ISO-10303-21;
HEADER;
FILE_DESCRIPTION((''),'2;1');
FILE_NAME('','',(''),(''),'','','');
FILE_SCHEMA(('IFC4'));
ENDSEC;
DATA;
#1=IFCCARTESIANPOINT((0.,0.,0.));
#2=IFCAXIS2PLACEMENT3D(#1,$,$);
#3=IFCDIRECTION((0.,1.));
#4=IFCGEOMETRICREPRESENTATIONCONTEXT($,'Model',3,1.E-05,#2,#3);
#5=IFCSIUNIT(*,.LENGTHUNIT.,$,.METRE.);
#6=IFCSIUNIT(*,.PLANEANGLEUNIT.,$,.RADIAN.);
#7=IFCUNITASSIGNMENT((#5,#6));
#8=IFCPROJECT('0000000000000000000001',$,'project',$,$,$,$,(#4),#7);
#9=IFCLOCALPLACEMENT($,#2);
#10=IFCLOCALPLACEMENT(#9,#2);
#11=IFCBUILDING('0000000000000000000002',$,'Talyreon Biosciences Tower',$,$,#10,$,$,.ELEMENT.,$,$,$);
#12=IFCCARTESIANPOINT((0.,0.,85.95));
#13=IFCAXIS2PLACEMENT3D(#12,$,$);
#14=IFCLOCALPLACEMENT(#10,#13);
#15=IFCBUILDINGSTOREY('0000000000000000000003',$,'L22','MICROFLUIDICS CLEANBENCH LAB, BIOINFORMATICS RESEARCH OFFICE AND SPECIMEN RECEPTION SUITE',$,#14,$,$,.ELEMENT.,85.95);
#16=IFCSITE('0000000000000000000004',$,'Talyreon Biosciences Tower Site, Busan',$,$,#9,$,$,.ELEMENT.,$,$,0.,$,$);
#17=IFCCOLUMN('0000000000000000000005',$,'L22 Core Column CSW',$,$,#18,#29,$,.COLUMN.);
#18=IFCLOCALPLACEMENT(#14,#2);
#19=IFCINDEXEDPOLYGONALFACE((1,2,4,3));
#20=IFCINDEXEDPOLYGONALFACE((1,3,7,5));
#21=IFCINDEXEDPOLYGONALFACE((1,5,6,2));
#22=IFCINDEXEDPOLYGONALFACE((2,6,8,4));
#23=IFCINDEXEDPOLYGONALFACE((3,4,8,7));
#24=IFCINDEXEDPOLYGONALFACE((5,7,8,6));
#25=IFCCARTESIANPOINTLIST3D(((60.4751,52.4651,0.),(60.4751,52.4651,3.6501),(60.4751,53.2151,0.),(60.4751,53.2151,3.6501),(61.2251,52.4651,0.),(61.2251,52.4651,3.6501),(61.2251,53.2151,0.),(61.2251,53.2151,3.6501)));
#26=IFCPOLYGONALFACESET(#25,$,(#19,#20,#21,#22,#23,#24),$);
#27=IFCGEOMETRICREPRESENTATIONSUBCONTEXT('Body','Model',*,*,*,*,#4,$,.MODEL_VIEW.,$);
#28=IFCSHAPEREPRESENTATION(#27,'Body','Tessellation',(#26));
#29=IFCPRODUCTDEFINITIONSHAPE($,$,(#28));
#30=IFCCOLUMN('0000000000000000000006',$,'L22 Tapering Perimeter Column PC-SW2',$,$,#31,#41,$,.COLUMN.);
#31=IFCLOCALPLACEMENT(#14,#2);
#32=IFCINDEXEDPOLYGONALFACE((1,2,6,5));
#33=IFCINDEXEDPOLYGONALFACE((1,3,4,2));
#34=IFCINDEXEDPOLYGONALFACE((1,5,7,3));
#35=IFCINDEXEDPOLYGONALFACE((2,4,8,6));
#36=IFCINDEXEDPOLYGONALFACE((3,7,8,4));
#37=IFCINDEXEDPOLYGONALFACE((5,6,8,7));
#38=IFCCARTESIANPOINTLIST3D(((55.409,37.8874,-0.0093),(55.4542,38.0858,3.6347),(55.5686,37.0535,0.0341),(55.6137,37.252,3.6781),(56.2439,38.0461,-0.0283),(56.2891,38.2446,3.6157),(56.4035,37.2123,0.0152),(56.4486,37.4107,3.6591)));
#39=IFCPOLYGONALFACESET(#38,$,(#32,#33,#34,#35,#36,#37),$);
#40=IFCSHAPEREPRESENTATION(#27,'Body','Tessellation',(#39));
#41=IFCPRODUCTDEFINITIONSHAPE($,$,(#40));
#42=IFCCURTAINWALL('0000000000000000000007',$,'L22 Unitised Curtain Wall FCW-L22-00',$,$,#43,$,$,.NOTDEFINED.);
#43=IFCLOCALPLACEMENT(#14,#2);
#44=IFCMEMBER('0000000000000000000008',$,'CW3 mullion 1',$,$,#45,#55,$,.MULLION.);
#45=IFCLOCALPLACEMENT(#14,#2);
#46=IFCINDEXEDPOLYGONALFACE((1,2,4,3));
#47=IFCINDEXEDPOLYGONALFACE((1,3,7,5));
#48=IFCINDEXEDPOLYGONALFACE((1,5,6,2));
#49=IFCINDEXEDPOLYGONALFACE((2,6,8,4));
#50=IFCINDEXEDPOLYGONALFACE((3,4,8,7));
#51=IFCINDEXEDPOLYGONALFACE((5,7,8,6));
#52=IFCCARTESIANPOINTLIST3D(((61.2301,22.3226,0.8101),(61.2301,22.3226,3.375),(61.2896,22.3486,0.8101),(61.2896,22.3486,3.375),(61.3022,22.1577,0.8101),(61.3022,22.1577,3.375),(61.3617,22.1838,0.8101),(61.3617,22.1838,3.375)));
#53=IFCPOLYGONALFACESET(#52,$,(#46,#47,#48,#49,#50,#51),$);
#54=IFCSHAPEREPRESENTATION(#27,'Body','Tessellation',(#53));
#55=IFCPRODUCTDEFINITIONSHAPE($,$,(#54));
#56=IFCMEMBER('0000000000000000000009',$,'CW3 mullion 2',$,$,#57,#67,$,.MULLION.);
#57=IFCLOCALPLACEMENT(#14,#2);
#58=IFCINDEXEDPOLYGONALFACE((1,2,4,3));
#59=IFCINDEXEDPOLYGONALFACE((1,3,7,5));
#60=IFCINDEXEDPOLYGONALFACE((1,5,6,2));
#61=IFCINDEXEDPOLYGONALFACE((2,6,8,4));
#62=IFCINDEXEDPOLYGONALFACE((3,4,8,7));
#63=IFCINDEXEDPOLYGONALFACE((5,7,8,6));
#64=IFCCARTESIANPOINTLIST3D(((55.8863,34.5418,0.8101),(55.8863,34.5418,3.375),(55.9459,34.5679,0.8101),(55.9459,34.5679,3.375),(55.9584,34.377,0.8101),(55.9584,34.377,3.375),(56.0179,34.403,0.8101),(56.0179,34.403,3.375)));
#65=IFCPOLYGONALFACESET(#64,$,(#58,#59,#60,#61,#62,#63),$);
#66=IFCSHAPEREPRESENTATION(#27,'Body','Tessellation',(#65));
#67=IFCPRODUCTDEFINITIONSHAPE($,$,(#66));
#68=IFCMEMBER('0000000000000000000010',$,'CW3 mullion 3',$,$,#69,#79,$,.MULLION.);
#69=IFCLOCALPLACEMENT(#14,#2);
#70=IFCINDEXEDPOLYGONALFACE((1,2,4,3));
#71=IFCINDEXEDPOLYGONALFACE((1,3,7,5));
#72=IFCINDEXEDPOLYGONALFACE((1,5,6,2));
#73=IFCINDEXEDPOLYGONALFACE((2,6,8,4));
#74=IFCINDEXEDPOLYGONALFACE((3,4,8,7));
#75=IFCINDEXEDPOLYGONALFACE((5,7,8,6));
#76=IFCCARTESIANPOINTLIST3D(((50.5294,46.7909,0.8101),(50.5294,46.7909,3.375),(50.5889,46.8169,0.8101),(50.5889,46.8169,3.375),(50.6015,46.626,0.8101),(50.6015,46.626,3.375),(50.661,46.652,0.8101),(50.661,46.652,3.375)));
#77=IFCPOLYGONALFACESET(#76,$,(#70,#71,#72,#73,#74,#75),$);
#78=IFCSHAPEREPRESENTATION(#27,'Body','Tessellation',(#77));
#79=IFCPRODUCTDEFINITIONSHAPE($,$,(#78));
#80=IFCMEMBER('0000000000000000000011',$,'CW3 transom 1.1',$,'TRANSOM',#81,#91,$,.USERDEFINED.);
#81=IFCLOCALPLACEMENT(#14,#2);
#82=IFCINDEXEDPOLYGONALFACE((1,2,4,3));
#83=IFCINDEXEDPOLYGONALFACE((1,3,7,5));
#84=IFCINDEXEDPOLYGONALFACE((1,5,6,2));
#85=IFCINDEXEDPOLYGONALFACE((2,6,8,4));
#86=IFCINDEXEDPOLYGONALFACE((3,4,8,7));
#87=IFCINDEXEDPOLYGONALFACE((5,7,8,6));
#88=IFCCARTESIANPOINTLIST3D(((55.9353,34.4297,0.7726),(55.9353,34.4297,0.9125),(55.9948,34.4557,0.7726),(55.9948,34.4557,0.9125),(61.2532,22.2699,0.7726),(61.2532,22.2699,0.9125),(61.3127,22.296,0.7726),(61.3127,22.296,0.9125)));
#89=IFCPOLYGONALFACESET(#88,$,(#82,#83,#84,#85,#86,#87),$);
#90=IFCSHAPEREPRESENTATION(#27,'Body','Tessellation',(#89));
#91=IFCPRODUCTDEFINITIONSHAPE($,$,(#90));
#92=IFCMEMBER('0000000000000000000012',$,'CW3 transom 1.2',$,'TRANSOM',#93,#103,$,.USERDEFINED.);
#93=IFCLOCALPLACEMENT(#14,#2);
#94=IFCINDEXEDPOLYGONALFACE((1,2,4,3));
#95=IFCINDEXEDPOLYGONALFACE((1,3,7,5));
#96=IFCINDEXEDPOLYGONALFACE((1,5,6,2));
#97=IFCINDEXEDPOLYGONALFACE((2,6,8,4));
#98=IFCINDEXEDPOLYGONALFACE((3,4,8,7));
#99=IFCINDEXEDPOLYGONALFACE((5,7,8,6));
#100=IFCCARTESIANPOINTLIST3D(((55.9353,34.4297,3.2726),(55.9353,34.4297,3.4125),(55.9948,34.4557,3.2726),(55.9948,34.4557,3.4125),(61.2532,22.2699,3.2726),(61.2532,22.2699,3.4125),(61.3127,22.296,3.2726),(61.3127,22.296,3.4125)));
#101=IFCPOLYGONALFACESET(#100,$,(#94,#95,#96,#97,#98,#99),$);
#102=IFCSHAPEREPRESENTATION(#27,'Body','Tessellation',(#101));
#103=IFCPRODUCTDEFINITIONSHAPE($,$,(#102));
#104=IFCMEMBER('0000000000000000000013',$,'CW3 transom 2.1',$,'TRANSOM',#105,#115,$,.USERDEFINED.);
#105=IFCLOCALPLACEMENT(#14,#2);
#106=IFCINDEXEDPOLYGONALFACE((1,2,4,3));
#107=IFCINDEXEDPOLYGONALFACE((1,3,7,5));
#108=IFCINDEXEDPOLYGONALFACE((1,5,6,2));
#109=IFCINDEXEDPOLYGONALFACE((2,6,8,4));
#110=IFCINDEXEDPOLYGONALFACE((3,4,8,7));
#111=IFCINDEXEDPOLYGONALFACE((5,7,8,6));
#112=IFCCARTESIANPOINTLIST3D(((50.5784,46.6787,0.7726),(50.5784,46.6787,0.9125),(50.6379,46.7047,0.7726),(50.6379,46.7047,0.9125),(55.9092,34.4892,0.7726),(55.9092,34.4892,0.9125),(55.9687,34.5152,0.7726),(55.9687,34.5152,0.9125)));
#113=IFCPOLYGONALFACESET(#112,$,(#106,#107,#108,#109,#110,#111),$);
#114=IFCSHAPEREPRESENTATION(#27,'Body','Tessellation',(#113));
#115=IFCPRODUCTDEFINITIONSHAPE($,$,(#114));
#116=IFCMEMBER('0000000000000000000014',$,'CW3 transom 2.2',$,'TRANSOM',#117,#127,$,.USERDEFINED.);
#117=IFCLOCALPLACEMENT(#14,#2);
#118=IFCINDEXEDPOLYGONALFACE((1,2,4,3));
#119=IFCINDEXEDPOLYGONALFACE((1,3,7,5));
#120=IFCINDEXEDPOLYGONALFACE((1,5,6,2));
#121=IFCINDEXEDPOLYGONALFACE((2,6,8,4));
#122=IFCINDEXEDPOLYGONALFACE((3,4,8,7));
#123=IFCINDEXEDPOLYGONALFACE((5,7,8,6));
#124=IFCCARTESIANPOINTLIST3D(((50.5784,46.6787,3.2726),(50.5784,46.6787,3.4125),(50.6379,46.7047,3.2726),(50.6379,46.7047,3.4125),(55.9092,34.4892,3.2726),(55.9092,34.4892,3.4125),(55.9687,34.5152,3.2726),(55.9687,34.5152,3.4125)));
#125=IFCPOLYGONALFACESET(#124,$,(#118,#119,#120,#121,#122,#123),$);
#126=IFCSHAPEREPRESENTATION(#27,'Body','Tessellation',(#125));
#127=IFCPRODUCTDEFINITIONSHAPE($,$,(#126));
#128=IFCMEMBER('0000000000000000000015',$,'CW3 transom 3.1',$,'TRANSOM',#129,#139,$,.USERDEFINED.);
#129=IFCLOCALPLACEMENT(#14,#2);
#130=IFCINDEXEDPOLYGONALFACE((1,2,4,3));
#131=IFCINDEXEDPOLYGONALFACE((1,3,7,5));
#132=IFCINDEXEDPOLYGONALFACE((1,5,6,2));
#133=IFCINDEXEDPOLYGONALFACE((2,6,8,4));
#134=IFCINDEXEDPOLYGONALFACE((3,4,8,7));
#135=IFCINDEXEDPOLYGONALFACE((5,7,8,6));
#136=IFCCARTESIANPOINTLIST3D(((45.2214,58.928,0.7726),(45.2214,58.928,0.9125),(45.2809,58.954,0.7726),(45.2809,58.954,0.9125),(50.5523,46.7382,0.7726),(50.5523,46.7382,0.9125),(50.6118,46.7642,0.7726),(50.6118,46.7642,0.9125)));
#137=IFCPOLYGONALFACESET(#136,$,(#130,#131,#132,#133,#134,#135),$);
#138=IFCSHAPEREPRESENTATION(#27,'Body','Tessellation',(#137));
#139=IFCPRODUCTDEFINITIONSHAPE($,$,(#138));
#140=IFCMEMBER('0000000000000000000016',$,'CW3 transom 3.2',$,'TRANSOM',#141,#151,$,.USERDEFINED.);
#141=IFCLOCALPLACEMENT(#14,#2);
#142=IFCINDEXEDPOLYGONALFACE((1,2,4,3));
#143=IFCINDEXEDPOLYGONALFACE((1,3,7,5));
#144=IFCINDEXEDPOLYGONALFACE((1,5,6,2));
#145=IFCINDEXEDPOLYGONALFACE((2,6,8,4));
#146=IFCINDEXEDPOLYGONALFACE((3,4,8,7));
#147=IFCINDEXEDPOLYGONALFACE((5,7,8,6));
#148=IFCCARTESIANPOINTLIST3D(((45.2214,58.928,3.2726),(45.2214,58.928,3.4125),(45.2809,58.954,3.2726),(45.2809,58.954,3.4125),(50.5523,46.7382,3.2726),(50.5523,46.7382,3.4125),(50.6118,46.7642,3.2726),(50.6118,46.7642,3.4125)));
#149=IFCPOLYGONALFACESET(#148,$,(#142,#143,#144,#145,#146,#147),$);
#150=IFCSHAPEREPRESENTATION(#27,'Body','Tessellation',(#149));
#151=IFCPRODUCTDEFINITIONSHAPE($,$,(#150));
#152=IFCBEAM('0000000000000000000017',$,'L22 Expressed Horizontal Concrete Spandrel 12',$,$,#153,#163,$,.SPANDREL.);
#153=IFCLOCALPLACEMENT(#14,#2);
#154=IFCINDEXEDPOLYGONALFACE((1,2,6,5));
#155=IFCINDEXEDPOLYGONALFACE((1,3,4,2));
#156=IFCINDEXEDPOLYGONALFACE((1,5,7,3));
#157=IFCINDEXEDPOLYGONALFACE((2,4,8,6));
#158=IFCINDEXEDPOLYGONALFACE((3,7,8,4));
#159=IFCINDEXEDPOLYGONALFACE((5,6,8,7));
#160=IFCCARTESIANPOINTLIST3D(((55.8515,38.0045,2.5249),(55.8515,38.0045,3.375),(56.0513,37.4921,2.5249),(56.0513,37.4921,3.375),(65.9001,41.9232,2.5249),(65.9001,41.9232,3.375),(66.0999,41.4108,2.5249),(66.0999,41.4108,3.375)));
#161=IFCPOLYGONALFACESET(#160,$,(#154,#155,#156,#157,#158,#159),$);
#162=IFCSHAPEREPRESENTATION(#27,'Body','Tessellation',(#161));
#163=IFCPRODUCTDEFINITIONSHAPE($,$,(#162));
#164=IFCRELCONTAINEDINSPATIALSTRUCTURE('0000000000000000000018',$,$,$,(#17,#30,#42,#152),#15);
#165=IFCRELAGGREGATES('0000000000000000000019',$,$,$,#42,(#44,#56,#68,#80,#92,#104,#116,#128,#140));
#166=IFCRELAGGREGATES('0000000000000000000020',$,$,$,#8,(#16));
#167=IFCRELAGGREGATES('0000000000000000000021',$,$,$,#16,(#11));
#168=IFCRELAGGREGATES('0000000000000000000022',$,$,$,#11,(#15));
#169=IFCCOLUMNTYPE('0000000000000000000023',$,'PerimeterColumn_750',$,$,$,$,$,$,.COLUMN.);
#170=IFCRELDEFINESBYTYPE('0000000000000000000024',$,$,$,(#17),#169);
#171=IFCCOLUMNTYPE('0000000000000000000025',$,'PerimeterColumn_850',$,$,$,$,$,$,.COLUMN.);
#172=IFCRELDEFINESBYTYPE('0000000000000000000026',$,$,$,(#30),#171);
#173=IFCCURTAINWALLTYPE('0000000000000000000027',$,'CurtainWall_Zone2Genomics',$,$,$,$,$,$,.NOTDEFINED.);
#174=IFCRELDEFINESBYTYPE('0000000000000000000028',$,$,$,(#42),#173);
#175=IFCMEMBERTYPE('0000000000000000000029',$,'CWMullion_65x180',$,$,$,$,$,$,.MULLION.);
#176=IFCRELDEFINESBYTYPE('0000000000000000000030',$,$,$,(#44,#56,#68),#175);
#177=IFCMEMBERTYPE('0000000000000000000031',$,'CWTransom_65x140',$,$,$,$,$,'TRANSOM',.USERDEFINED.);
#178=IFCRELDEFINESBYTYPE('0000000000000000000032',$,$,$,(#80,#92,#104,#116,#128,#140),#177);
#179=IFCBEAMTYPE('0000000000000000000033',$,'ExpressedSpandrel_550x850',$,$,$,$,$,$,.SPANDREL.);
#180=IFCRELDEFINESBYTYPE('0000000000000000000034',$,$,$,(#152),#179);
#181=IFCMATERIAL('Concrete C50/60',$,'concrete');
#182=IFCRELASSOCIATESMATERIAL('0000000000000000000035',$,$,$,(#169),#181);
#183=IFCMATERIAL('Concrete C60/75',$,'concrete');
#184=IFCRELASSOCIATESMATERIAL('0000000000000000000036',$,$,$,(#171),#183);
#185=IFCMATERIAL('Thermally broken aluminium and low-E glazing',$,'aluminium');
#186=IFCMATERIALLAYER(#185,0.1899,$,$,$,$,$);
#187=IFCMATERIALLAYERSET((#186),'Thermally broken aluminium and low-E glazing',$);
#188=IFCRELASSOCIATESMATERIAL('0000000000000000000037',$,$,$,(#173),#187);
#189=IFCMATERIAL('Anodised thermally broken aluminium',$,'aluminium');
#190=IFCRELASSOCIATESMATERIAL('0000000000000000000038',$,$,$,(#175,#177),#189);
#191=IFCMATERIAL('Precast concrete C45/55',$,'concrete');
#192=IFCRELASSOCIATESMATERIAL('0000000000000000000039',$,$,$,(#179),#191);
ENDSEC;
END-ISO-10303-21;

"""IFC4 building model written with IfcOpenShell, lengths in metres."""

from ifc_helpers import new_model, si_unit, direction, frame, origin, origin_2d, place, context, subcontext, project, spatial, rectangle, extrude, material, layer, layer_set, material_profile, profile_set, type_object, element, aggregate, save


model = new_model("IFC4")

# Units and contexts
model_context = context("Model", 3, precision=1e-05, world=origin(), true_north=direction((0.0, 1.0)))
body_context = subcontext(model_context, "Body", "Model", "MODEL_VIEW")
ifc_project = project(units=[si_unit("LENGTHUNIT", "METRE"), si_unit("PLANEANGLEUNIT", "RADIAN")], contexts=[model_context])

# Site, building, storey
site_placement = place(None, origin())
site = spatial("IfcSite", under=ifc_project, at=site_placement, Name="Talyreon Biosciences Tower Site, Busan", CompositionType="ELEMENT", RefElevation=0.0)
building_placement = place(site_placement, origin())
building = spatial("IfcBuilding", under=site, at=building_placement, Name="Talyreon Biosciences Tower", CompositionType="ELEMENT")
storey_placement = place(building_placement, frame((0.0, 0.0, 85.95)))
storey = spatial("IfcBuildingStorey", under=building, at=storey_placement, Name="L22", Description="MICROFLUIDICS CLEANBENCH LAB, BIOINFORMATICS RESEARCH OFFICE AND SPECIMEN RECEPTION SUITE", CompositionType="ELEMENT", Elevation=85.95)

# Columns
ifc_material_1 = material(Name="Concrete C50/60", Category="concrete")
ifc_material_profile_1 = material_profile(ifc_material_1, rectangle(XDim=0.75, YDim=0.75, at=origin_2d()), Name="RC 750x750")
ifc_profile_set_1 = profile_set([ifc_material_profile_1], Name="Concrete C50/60")
column_type_1 = type_object("IfcColumnType", Name="PerimeterColumn_750", PredefinedType="COLUMN", material=ifc_profile_set_1)
column_1_placement = place(storey_placement, frame((60.8501, 52.8401, 0.0), z_axis=(0.0, 0.0, 1.0), x_axis=(1.0, 0.0, 0.0)))
element("IfcColumn", 1, at=column_1_placement, inside=storey, type_object=column_type_1, Name="L22 Core Column CSW", PredefinedType="COLUMN", context=body_context, shape_type="SweptSolid", body=[
    extrude(rectangle(XDim=0.75, YDim=0.75, at=origin_2d()), origin(), (0.0, 0.0, 1.0), 3.6501),
])
ifc_material_2 = material(Name="Concrete C60/75", Category="concrete")
ifc_material_profile_2 = material_profile(ifc_material_2, rectangle(XDim=0.8501, YDim=0.8501, at=origin_2d()), Name="RC 850x850")
ifc_profile_set_2 = profile_set([ifc_material_profile_2], Name="Concrete C60/75")
column_type_2 = type_object("IfcColumnType", Name="PerimeterColumn_850", PredefinedType="COLUMN", material=ifc_profile_set_2)
column_2_placement = place(storey_placement, frame((55.9062, 37.5498, 0.0029), z_axis=(0.012375, 0.054384, 0.998443), x_axis=(-0.187672, 0.980901, -0.051102)))
element("IfcColumn", 2, at=column_2_placement, inside=storey, type_object=column_type_2, Name="L22 Tapering Perimeter Column PC-SW2", PredefinedType="COLUMN", context=body_context, shape_type="SweptSolid", body=[
    extrude(rectangle(XDim=0.8501, YDim=0.8501, at=origin_2d()), origin(), (0.0, 0.0, 1.0), 3.6497),
])

# Curtain wall, members
ifc_material_3 = material(Name="Thermally broken aluminium and low-E glazing", Category="aluminium")
ifc_layer_1 = layer(ifc_material_3, 0.1899)
ifc_layer_set_1 = layer_set([ifc_layer_1], Name="Thermally broken aluminium and low-E glazing")
curtain_wall_type = type_object("IfcCurtainWallType", Name="CurtainWall_Zone2Genomics", PredefinedType="NOTDEFINED", material=ifc_layer_set_1)
curtain_wall_placement = place(storey_placement, origin())
curtain_wall = element("IfcCurtainWall", 3, at=curtain_wall_placement, inside=storey, type_object=curtain_wall_type, Name="L22 Unitised Curtain Wall FCW-L22-00", PredefinedType="NOTDEFINED")
ifc_material_4 = material(Name="Anodised thermally broken aluminium", Category="aluminium")
ifc_material_profile_3 = material_profile(ifc_material_4, rectangle(XDim=0.0649, YDim=0.1799, at=origin_2d()), Name="ALUM MULLION 65x180")
ifc_profile_set_3 = profile_set([ifc_material_profile_3], Name="Anodised thermally broken aluminium")
member_type_1 = type_object("IfcMemberType", Name="CWMullion_65x180", PredefinedType="MULLION", material=ifc_profile_set_3)
member_1_placement = place(storey_placement, frame((61.2959, 22.2532, 0.8101), z_axis=(0.0, 0.0, 1.0), x_axis=(-0.916214, -0.400689, 0.0)))
member_1 = element("IfcMember", 4, at=member_1_placement, type_object=member_type_1, Name="CW3 mullion 1", PredefinedType="MULLION", context=body_context, shape_type="SweptSolid", body=[
    extrude(rectangle(XDim=0.0649, YDim=0.1799, at=origin_2d()), origin(), (0.0, 0.0, 1.0), 2.5649),
])
member_2_placement = place(storey_placement, frame((55.9521, 34.4724, 0.8101), z_axis=(0.0, 0.0, 1.0), x_axis=(-0.916214, -0.400689, 0.0)))
member_2 = element("IfcMember", 5, at=member_2_placement, type_object=member_type_1, Name="CW3 mullion 2", PredefinedType="MULLION", context=body_context, shape_type="SweptSolid", body=[
    extrude(rectangle(XDim=0.0649, YDim=0.1799, at=origin_2d()), origin(), (0.0, 0.0, 1.0), 2.5649),
])
member_3_placement = place(storey_placement, frame((50.5952, 46.7214, 0.8101), z_axis=(0.0, 0.0, 1.0), x_axis=(-0.916214, -0.400689, 0.0)))
member_3 = element("IfcMember", 6, at=member_3_placement, type_object=member_type_1, Name="CW3 mullion 3", PredefinedType="MULLION", context=body_context, shape_type="SweptSolid", body=[
    extrude(rectangle(XDim=0.0649, YDim=0.1799, at=origin_2d()), origin(), (0.0, 0.0, 1.0), 2.5649),
])
ifc_material_profile_4 = material_profile(ifc_material_4, rectangle(XDim=0.0649, YDim=0.1399, at=origin_2d()), Name="ALUM TRANSOM 65x140")
ifc_profile_set_4 = profile_set([ifc_material_profile_4], Name="Anodised thermally broken aluminium")
member_type_2 = type_object("IfcMemberType", Name="CWTransom_65x140", ElementType="TRANSOM", PredefinedType="USERDEFINED", material=ifc_profile_set_4)
member_4_placement = place(storey_placement, frame((61.283, 22.283, 0.8425), z_axis=(-0.400693, 0.916212, 0.0), x_axis=(-0.916212, -0.400693, 0.0)))
member_4 = element("IfcMember", 7, at=member_4_placement, type_object=member_type_2, Name="CW3 transom 1.1", ObjectType="TRANSOM", PredefinedType="USERDEFINED", context=body_context, shape_type="SweptSolid", body=[
    extrude(rectangle(XDim=0.0649, YDim=0.1399, at=origin_2d()), origin(), (0.0, 0.0, 1.0), 13.2717),
])
member_5_placement = place(storey_placement, frame((61.283, 22.283, 3.3425), z_axis=(-0.400693, 0.916212, 0.0), x_axis=(-0.916212, -0.400693, 0.0)))
member_5 = element("IfcMember", 8, at=member_5_placement, type_object=member_type_2, Name="CW3 transom 1.2", ObjectType="TRANSOM", PredefinedType="USERDEFINED", context=body_context, shape_type="SweptSolid", body=[
    extrude(rectangle(XDim=0.0649, YDim=0.1399, at=origin_2d()), origin(), (0.0, 0.0, 1.0), 13.2717),
])
member_6_placement = place(storey_placement, frame((55.939, 34.5022, 0.8425), z_axis=(-0.400688, 0.916215, 0.0), x_axis=(-0.916215, -0.400688, 0.0)))
member_6 = element("IfcMember", 9, at=member_6_placement, type_object=member_type_2, Name="CW3 transom 2.1", ObjectType="TRANSOM", PredefinedType="USERDEFINED", context=body_context, shape_type="SweptSolid", body=[
    extrude(rectangle(XDim=0.0649, YDim=0.1399, at=origin_2d()), origin(), (0.0, 0.0, 1.0), 13.3042),
])
member_7_placement = place(storey_placement, frame((55.939, 34.5022, 3.3425), z_axis=(-0.400688, 0.916215, 0.0), x_axis=(-0.916215, -0.400688, 0.0)))
member_7 = element("IfcMember", 10, at=member_7_placement, type_object=member_type_2, Name="CW3 transom 2.2", ObjectType="TRANSOM", PredefinedType="USERDEFINED", context=body_context, shape_type="SweptSolid", body=[
    extrude(rectangle(XDim=0.0649, YDim=0.1399, at=origin_2d()), origin(), (0.0, 0.0, 1.0), 13.3042),
])
member_8_placement = place(storey_placement, frame((50.582, 46.7512, 0.8425), z_axis=(-0.400681, 0.916218, 0.0), x_axis=(-0.916218, -0.400681, 0.0)))
member_8 = element("IfcMember", 11, at=member_8_placement, type_object=member_type_2, Name="CW3 transom 3.1", ObjectType="TRANSOM", PredefinedType="USERDEFINED", context=body_context, shape_type="SweptSolid", body=[
    extrude(rectangle(XDim=0.0649, YDim=0.1399, at=origin_2d()), origin(), (0.0, 0.0, 1.0), 13.3044),
])
member_9_placement = place(storey_placement, frame((50.582, 46.7512, 3.3425), z_axis=(-0.400681, 0.916218, 0.0), x_axis=(-0.916218, -0.400681, 0.0)))
member_9 = element("IfcMember", 12, at=member_9_placement, type_object=member_type_2, Name="CW3 transom 3.2", ObjectType="TRANSOM", PredefinedType="USERDEFINED", context=body_context, shape_type="SweptSolid", body=[
    extrude(rectangle(XDim=0.0649, YDim=0.1399, at=origin_2d()), origin(), (0.0, 0.0, 1.0), 13.3044),
])

# Beam
ifc_material_5 = material(Name="Precast concrete C45/55", Category="concrete")
ifc_material_profile_5 = material_profile(ifc_material_5, rectangle(XDim=0.55, YDim=0.8501, at=origin_2d()), Name="RCB 550x850")
ifc_profile_set_5 = profile_set([ifc_material_profile_5], Name="Precast concrete C45/55")
beam_type_1 = type_object("IfcBeamType", Name="ExpressedSpandrel_550x850", PredefinedType="SPANDREL", material=ifc_profile_set_5)
beam_1_placement = place(storey_placement, frame((55.9514, 37.7483, 2.95), z_axis=(0.931662, 0.363325, 0.0), x_axis=(-0.363325, 0.931662, 0.0)))
element("IfcBeam", 13, at=beam_1_placement, inside=storey, type_object=beam_type_1, Name="L22 Expressed Horizontal Concrete Spandrel 12", PredefinedType="SPANDREL", context=body_context, shape_type="SweptSolid", body=[
    extrude(rectangle(XDim=0.55, YDim=0.8501, at=origin_2d()), origin(), (0.0, 0.0, 1.0), 10.7856),
])

aggregate(curtain_wall, [member_1, member_2, member_3, member_4, member_5, member_6, member_7, member_8, member_9])

save(model, "model.ifc")
